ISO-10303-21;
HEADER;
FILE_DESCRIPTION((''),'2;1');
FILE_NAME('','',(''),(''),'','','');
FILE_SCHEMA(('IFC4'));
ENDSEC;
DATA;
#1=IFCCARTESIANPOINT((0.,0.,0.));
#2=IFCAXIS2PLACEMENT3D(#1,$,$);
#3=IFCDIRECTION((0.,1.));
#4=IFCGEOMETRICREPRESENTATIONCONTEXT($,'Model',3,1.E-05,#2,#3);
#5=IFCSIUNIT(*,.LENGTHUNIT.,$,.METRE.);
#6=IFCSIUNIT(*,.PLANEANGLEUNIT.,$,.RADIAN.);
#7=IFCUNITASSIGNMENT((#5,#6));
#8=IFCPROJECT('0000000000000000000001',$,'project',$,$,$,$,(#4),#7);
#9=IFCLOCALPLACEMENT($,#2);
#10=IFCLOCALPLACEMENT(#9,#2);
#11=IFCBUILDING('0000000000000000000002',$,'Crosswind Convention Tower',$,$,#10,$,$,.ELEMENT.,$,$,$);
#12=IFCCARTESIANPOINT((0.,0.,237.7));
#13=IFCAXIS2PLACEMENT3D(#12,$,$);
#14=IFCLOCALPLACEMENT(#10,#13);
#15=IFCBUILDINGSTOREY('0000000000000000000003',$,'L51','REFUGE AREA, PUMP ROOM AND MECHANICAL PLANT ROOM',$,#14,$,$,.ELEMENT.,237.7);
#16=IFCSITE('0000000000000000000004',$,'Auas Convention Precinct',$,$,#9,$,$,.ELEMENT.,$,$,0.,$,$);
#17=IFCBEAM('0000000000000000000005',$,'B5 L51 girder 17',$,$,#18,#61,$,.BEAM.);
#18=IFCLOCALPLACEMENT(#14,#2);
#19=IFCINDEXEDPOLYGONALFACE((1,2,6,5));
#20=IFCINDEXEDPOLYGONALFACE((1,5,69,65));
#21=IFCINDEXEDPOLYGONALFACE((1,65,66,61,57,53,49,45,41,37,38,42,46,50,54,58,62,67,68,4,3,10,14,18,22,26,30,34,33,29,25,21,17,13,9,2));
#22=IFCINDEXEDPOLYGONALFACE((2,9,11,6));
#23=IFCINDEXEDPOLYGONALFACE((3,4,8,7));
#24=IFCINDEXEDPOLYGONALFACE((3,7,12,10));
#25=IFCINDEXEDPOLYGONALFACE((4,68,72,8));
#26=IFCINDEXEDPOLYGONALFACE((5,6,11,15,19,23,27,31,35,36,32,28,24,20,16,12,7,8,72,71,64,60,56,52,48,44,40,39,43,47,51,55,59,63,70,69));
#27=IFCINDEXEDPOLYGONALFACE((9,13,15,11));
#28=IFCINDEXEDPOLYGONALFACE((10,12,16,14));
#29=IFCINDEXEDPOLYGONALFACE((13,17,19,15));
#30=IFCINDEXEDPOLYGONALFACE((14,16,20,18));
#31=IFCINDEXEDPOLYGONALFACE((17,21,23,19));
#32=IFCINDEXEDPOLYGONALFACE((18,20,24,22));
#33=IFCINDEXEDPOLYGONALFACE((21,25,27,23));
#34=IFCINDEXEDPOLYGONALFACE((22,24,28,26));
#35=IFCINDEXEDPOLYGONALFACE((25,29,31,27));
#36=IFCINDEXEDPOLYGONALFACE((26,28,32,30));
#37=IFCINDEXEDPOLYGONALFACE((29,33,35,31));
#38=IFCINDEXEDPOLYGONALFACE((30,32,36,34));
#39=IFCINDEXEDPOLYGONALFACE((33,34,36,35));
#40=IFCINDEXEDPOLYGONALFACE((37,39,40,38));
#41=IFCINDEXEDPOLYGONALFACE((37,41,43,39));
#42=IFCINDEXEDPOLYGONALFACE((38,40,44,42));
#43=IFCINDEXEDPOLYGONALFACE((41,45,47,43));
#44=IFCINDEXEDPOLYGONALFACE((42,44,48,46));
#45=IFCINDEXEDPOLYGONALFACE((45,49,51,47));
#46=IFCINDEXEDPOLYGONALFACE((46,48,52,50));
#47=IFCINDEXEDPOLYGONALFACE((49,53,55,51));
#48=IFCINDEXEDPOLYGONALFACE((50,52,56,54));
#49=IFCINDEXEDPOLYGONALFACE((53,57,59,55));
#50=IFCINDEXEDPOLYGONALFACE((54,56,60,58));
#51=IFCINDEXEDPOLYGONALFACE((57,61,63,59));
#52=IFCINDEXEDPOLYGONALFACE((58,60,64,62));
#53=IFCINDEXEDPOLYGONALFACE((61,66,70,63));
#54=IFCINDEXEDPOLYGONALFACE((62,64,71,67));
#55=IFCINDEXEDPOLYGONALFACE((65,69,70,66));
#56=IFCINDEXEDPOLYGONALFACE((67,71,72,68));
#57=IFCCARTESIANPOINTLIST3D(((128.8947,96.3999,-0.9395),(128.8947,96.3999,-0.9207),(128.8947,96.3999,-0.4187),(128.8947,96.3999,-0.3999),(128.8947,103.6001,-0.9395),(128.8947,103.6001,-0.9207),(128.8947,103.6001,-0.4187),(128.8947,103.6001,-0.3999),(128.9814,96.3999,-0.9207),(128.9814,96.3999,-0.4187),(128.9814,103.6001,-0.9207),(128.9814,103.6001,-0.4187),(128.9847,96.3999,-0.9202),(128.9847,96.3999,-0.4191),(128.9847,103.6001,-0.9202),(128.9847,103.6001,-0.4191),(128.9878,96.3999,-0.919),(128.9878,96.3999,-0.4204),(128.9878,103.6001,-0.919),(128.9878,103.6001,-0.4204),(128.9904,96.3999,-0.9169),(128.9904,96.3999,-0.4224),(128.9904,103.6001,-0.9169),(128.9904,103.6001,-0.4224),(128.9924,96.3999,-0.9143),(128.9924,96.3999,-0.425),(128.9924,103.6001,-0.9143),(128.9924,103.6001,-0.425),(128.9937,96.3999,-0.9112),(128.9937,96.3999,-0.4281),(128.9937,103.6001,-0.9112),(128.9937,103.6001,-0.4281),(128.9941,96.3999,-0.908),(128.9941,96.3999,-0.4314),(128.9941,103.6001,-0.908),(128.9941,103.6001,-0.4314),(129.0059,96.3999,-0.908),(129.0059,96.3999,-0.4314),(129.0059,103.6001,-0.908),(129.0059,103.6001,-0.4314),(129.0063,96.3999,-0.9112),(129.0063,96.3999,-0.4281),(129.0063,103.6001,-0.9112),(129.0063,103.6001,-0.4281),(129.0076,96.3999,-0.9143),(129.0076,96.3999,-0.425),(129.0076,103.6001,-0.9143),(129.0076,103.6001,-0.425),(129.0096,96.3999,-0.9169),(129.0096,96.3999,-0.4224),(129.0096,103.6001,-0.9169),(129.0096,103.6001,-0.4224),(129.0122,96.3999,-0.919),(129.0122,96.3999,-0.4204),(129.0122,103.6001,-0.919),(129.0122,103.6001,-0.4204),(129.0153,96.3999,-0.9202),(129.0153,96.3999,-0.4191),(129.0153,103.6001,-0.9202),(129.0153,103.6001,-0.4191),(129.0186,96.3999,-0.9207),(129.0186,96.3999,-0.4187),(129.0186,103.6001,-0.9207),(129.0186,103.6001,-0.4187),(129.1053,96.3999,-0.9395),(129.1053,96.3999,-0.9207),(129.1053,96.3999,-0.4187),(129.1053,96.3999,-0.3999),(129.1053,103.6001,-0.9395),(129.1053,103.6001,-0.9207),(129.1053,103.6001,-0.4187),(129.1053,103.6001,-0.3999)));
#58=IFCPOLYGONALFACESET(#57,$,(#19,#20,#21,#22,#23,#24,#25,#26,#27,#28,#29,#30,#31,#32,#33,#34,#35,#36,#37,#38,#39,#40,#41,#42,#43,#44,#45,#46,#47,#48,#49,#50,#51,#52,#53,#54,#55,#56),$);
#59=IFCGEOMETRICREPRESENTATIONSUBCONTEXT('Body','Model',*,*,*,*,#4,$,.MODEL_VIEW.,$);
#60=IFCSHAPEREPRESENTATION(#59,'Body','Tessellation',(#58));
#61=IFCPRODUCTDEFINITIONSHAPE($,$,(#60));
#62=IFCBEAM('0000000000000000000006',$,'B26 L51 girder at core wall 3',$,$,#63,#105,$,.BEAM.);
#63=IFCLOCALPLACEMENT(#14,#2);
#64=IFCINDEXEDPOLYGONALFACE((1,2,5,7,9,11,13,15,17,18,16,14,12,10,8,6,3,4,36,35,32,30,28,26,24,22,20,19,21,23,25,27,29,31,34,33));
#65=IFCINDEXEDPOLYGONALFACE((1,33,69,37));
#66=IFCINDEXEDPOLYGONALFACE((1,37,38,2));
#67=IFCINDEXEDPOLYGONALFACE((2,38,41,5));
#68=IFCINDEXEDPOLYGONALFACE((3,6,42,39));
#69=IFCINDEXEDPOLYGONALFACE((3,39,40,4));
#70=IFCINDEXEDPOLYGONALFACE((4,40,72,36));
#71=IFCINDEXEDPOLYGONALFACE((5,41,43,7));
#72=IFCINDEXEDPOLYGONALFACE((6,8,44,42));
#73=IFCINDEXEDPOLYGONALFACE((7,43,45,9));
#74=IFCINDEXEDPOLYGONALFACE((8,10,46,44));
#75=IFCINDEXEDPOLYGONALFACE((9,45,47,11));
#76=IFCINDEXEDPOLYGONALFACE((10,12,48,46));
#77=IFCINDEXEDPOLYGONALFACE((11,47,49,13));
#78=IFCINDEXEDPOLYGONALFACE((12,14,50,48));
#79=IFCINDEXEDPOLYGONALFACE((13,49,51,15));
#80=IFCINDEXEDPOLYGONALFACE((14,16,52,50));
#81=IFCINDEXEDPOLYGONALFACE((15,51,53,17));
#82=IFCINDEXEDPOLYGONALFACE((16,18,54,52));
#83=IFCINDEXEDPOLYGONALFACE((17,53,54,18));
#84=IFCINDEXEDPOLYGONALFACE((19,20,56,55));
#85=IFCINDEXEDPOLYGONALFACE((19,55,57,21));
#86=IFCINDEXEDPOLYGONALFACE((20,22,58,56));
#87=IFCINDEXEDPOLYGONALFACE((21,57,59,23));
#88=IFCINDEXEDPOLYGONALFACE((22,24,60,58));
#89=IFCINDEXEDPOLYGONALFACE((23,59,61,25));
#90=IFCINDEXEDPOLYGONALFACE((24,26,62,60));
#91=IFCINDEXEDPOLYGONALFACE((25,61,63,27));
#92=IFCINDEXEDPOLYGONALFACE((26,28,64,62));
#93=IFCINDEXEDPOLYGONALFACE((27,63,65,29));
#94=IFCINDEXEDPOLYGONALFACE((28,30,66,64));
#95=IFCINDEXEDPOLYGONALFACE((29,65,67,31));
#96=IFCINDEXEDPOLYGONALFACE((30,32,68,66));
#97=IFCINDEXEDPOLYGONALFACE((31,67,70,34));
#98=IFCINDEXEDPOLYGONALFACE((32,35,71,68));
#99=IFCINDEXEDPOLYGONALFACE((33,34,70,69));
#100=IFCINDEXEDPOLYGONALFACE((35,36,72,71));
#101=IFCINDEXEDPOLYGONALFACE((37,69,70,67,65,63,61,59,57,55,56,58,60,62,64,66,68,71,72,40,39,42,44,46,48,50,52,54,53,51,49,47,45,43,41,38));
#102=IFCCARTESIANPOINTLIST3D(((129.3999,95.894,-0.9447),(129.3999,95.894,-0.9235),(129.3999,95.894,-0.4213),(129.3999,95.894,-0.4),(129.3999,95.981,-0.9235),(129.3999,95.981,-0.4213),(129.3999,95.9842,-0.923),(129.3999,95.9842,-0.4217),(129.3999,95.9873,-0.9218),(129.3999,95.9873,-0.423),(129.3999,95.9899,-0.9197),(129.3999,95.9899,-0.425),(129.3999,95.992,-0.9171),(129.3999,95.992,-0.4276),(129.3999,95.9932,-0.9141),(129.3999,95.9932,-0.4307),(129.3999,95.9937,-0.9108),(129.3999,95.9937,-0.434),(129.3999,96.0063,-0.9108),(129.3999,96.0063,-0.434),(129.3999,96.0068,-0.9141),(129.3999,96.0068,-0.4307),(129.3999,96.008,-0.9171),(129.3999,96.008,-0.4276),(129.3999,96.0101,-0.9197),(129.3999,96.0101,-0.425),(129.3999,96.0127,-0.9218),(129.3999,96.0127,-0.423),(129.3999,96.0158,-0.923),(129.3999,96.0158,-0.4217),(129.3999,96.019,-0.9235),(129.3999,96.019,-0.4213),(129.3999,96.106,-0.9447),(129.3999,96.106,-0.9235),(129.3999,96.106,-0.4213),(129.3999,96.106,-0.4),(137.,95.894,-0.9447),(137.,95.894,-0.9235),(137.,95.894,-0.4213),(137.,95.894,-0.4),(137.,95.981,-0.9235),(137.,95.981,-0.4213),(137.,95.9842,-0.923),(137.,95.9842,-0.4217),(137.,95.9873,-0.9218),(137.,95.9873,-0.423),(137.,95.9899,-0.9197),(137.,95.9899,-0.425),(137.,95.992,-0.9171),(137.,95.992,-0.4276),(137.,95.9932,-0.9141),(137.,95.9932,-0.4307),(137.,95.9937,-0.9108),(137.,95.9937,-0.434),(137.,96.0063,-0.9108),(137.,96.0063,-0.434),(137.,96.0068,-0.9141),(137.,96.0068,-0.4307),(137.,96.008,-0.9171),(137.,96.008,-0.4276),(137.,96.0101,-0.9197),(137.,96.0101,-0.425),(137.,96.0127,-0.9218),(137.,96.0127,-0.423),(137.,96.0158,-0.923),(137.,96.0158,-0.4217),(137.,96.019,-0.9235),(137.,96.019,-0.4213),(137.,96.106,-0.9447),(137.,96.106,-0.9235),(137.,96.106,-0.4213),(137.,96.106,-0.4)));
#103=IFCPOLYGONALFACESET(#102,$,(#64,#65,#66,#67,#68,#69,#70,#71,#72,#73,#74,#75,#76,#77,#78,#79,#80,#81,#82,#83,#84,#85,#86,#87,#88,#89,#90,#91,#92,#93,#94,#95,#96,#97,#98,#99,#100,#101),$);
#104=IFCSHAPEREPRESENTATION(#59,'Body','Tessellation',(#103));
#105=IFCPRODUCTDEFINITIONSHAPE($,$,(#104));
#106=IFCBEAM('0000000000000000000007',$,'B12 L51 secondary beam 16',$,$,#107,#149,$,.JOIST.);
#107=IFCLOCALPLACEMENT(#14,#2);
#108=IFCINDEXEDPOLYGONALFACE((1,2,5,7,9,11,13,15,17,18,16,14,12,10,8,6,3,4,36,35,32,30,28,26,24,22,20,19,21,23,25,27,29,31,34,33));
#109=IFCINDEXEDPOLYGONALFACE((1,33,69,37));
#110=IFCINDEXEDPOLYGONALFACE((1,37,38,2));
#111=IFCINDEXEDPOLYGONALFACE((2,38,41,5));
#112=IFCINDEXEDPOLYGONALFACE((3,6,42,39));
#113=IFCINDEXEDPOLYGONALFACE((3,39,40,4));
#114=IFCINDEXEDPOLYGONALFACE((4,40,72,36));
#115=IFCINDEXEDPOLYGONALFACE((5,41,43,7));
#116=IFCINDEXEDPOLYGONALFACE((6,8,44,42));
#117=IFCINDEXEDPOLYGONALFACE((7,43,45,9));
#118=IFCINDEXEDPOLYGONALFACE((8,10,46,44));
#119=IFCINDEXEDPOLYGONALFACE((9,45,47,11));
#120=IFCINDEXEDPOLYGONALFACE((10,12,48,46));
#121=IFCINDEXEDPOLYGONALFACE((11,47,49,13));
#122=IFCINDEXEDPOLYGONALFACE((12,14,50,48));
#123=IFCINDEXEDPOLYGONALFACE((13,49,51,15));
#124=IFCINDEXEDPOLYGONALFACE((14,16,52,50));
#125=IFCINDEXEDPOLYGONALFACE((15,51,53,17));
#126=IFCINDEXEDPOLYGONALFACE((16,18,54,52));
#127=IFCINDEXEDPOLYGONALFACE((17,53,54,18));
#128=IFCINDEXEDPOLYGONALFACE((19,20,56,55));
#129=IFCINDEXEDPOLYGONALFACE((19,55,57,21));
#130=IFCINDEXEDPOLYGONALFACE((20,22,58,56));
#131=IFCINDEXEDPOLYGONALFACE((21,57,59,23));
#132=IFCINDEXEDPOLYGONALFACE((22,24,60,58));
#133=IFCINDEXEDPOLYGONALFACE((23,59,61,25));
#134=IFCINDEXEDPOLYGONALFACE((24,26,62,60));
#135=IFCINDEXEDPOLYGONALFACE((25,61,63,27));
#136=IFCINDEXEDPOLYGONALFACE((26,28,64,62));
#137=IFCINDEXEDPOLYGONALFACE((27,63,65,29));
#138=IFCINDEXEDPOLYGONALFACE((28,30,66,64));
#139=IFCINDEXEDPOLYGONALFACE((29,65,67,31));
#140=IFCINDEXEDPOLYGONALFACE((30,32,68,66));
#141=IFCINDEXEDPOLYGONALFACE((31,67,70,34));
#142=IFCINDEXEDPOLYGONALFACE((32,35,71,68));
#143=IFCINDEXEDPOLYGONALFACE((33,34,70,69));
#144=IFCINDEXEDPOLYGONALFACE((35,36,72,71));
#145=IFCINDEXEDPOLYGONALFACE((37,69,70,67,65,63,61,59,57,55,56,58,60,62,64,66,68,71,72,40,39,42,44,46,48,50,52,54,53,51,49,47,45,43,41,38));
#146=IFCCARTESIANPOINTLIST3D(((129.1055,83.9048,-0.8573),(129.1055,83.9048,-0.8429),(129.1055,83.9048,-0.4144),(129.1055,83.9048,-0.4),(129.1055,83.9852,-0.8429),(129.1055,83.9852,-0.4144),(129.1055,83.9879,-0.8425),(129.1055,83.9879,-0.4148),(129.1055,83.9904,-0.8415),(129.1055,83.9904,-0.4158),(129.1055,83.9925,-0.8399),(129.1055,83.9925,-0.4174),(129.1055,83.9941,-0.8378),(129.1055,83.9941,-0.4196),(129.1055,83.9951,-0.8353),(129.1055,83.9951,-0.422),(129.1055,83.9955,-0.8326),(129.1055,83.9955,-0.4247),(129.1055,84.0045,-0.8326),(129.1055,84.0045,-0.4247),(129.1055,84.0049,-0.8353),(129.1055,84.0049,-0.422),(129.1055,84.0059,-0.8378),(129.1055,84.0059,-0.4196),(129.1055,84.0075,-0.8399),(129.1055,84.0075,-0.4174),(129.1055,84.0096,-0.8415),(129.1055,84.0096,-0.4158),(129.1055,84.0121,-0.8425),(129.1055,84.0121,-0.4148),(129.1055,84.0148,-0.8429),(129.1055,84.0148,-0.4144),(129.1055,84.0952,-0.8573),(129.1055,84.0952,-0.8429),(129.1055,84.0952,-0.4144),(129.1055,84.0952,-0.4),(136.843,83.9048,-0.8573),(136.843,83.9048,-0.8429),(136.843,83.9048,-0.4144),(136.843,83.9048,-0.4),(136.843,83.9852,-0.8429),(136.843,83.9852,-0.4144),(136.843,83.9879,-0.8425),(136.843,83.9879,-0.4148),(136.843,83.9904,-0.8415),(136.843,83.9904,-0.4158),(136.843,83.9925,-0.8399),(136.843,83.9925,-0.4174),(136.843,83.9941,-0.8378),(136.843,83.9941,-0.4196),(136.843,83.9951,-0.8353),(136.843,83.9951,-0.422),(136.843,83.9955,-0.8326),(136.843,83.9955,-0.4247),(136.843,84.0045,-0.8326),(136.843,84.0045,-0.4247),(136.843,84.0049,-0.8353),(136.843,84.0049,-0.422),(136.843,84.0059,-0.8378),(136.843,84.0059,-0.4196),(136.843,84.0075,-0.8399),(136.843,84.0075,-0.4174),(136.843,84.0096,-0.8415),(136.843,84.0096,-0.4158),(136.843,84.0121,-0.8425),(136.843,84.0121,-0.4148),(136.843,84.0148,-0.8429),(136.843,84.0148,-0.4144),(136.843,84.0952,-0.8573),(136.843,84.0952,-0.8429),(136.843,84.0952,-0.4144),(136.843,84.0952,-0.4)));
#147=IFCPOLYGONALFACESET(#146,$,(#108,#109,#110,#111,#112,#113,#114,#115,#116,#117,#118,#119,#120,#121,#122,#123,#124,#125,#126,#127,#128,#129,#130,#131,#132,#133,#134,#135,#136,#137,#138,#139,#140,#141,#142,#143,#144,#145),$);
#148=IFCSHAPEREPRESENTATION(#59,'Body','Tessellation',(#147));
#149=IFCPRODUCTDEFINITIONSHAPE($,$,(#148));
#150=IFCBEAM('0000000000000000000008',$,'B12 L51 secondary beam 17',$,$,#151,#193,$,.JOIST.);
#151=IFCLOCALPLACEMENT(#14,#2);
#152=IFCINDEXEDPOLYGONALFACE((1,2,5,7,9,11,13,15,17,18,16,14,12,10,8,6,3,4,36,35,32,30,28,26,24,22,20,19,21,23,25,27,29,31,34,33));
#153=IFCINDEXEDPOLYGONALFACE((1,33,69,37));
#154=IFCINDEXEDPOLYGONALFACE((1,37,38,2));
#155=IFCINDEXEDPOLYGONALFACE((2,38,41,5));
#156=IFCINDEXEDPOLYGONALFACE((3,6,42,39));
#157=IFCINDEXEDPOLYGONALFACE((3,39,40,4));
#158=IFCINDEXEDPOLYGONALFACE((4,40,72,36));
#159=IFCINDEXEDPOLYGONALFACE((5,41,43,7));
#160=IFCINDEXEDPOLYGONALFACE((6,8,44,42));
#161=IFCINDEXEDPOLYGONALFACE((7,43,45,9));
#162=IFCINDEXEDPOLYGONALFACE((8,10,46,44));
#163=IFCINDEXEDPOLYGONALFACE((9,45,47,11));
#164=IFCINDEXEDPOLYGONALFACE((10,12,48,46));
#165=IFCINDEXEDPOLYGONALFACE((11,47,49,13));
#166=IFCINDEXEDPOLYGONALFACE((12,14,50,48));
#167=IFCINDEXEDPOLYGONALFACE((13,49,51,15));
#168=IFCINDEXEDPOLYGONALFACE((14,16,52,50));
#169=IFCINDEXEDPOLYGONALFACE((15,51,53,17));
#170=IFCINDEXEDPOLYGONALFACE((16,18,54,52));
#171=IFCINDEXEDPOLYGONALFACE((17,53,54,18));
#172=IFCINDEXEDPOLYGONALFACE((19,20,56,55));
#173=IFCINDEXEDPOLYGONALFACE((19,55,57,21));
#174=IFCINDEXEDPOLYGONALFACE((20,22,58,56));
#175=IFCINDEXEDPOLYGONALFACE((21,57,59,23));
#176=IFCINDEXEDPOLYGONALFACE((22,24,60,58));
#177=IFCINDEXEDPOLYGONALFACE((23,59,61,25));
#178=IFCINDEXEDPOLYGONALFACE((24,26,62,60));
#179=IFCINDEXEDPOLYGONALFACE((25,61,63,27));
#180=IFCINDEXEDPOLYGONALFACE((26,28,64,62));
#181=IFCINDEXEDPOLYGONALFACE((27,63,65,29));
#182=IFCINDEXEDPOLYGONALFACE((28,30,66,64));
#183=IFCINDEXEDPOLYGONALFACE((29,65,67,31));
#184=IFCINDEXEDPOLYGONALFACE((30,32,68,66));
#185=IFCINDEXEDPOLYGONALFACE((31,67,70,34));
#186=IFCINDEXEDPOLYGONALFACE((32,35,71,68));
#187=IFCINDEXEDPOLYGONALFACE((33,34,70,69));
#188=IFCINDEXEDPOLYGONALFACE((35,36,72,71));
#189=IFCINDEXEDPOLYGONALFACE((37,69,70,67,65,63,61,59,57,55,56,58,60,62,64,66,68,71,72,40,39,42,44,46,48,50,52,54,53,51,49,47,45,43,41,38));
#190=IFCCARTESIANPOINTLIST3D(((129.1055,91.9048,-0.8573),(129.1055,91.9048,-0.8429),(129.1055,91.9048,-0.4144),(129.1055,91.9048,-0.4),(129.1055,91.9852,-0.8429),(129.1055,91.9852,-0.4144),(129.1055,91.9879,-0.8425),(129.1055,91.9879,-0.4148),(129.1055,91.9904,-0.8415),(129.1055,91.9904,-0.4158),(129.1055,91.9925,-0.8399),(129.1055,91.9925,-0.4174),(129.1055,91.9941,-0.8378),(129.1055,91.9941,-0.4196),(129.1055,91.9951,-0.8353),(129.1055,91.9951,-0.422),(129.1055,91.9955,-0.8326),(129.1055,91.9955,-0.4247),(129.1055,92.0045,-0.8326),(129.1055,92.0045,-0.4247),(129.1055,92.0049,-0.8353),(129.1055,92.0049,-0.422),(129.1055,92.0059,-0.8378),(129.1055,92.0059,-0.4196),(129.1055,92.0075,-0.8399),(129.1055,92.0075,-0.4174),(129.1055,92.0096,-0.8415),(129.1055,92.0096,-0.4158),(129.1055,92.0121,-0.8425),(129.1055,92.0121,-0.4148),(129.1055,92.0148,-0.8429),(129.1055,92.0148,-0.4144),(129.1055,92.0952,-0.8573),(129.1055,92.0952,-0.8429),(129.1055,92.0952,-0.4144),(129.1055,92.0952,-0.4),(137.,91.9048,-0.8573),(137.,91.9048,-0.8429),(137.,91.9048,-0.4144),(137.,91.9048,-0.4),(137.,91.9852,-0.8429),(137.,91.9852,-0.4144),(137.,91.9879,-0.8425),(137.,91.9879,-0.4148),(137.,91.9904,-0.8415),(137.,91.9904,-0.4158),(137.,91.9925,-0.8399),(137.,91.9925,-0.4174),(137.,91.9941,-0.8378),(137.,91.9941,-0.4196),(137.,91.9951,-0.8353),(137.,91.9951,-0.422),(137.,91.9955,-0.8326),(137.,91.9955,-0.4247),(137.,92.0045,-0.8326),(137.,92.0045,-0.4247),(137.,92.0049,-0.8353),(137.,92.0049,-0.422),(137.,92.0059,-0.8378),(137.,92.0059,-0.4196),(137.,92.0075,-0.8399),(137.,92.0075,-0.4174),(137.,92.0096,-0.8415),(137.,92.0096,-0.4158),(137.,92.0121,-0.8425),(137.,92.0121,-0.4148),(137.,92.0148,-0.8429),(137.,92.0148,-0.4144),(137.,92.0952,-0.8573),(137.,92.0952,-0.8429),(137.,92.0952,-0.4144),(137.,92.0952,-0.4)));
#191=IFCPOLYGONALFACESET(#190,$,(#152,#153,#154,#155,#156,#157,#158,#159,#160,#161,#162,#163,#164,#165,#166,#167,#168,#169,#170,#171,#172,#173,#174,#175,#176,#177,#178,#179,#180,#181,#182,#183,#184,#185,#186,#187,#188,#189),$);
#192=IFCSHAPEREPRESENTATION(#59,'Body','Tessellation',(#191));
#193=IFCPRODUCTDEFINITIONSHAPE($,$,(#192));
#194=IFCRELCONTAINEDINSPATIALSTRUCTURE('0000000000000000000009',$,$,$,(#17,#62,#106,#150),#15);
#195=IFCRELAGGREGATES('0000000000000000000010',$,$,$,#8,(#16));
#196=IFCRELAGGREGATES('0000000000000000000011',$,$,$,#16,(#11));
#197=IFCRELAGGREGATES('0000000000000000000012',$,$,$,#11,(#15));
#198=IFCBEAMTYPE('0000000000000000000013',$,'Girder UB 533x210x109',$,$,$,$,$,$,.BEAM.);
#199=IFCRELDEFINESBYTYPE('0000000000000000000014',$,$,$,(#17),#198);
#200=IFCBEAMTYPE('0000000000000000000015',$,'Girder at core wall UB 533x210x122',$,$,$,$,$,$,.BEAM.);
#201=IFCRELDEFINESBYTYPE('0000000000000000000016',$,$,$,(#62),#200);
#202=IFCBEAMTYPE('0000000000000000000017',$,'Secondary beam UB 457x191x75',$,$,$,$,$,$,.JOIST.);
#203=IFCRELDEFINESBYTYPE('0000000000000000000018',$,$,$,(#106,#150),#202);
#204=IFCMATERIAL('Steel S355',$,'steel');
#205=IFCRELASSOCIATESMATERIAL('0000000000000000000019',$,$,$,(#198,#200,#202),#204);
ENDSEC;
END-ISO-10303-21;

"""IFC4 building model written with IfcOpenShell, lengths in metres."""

from ifc_helpers import new_model, si_unit, direction, frame, origin, origin_2d, place, context, subcontext, project, spatial, i_section, extrude, material, material_profile, profile_set, type_object, element, save


model = new_model("IFC4")

# Units and contexts
model_context = context("Model", 3, precision=1e-05, world=origin(), true_north=direction((0.0, 1.0)))
body_context = subcontext(model_context, "Body", "Model", "MODEL_VIEW")
ifc_project = project(units=[si_unit("LENGTHUNIT", "METRE"), si_unit("PLANEANGLEUNIT", "RADIAN")], contexts=[model_context])

# Site, building, storey
site_placement = place(None, origin())
site = spatial("IfcSite", under=ifc_project, at=site_placement, Name="Auas Convention Precinct", CompositionType="ELEMENT", RefElevation=0.0)
building_placement = place(site_placement, origin())
building = spatial("IfcBuilding", under=site, at=building_placement, Name="Crosswind Convention Tower", CompositionType="ELEMENT")
storey_placement = place(building_placement, frame((0.0, 0.0, 237.7)))
storey = spatial("IfcBuildingStorey", under=building, at=storey_placement, Name="L51", Description="REFUGE AREA, PUMP ROOM AND MECHANICAL PLANT ROOM", CompositionType="ELEMENT", Elevation=237.7)

# Beams
ifc_material_1 = material(Name="Steel S355", Category="steel")
ifc_material_profile_1 = material_profile(ifc_material_1, i_section(OverallWidth=0.2107, OverallDepth=0.5396, WebThickness=0.0117, FlangeThickness=0.0188, FilletRadius=0.0127, at=origin_2d()), Name="UB 533x210x109")
ifc_profile_set_1 = profile_set([ifc_material_profile_1], Name="Steel S355")
beam_type_1 = type_object("IfcBeamType", Name="Girder UB 533x210x109", PredefinedType="BEAM", material=ifc_profile_set_1)
for number, where, z_axis, x_axis, name in (
    (1, (129.0, 96.3999, -0.6697), (0.0, 1.0, 0.0), (-1.0, 0.0, 0.0), "B5 L51 girder 17"),
):
    element("IfcBeam", number, at=place(storey_placement, frame(where, z_axis=z_axis, x_axis=x_axis)), inside=storey, type_object=beam_type_1, Name=name, PredefinedType="BEAM", context=body_context, shape_type="SweptSolid", body=[
        extrude(i_section(OverallWidth=0.2107, OverallDepth=0.5396, WebThickness=0.0117, FlangeThickness=0.0188, FilletRadius=0.0127, at=origin_2d()), origin(), (0.0, 0.0, 1.0), 7.2002),
    ])
ifc_material_profile_2 = material_profile(ifc_material_1, i_section(OverallWidth=0.2119, OverallDepth=0.5447, WebThickness=0.0127, FlangeThickness=0.0212, FilletRadius=0.0127, at=origin_2d()), Name="UB 533x210x122")
ifc_profile_set_2 = profile_set([ifc_material_profile_2], Name="Steel S355")
beam_type_2 = type_object("IfcBeamType", Name="Girder at core wall UB 533x210x122", PredefinedType="BEAM", material=ifc_profile_set_2)
beam_1_placement = place(storey_placement, frame((129.3999, 96.0, -0.6724), z_axis=(1.0, 0.0, 0.0), x_axis=(0.0, 1.0, 0.0)))
element("IfcBeam", 2, at=beam_1_placement, inside=storey, type_object=beam_type_2, Name="B26 L51 girder at core wall 3", PredefinedType="BEAM", context=body_context, shape_type="SweptSolid", body=[
    extrude(i_section(OverallWidth=0.2119, OverallDepth=0.5447, WebThickness=0.0127, FlangeThickness=0.0212, FilletRadius=0.0127, at=origin_2d()), origin(), (0.0, 0.0, 1.0), 7.6001),
])
ifc_material_profile_3 = material_profile(ifc_material_1, i_section(OverallWidth=0.1904, OverallDepth=0.4573, WebThickness=0.009, FlangeThickness=0.0144, FilletRadius=0.0103, at=origin_2d()), Name="UB 457x191x75")
ifc_profile_set_3 = profile_set([ifc_material_profile_3], Name="Steel S355")
beam_type_3 = type_object("IfcBeamType", Name="Secondary beam UB 457x191x75", PredefinedType="JOIST", material=ifc_profile_set_3)
beam_2_placement = place(storey_placement, frame((129.1055, 84.0, -0.6287), z_axis=(1.0, 0.0, 0.0), x_axis=(0.0, 1.0, 0.0)))
element("IfcBeam", 3, at=beam_2_placement, inside=storey, type_object=beam_type_3, Name="B12 L51 secondary beam 16", PredefinedType="JOIST", context=body_context, shape_type="SweptSolid", body=[
    extrude(i_section(OverallWidth=0.1904, OverallDepth=0.4573, WebThickness=0.009, FlangeThickness=0.0144, FilletRadius=0.0103, at=origin_2d()), origin(), (0.0, 0.0, 1.0), 7.7375),
])
beam_3_placement = place(storey_placement, frame((129.1055, 92.0, -0.6287), z_axis=(1.0, 0.0, 0.0), x_axis=(0.0, 1.0, 0.0)))
element("IfcBeam", 4, at=beam_3_placement, inside=storey, type_object=beam_type_3, Name="B12 L51 secondary beam 17", PredefinedType="JOIST", context=body_context, shape_type="SweptSolid", body=[
    extrude(i_section(OverallWidth=0.1904, OverallDepth=0.4573, WebThickness=0.009, FlangeThickness=0.0144, FilletRadius=0.0103, at=origin_2d()), origin(), (0.0, 0.0, 1.0), 7.8945),
])

save(model, "model.ifc")
